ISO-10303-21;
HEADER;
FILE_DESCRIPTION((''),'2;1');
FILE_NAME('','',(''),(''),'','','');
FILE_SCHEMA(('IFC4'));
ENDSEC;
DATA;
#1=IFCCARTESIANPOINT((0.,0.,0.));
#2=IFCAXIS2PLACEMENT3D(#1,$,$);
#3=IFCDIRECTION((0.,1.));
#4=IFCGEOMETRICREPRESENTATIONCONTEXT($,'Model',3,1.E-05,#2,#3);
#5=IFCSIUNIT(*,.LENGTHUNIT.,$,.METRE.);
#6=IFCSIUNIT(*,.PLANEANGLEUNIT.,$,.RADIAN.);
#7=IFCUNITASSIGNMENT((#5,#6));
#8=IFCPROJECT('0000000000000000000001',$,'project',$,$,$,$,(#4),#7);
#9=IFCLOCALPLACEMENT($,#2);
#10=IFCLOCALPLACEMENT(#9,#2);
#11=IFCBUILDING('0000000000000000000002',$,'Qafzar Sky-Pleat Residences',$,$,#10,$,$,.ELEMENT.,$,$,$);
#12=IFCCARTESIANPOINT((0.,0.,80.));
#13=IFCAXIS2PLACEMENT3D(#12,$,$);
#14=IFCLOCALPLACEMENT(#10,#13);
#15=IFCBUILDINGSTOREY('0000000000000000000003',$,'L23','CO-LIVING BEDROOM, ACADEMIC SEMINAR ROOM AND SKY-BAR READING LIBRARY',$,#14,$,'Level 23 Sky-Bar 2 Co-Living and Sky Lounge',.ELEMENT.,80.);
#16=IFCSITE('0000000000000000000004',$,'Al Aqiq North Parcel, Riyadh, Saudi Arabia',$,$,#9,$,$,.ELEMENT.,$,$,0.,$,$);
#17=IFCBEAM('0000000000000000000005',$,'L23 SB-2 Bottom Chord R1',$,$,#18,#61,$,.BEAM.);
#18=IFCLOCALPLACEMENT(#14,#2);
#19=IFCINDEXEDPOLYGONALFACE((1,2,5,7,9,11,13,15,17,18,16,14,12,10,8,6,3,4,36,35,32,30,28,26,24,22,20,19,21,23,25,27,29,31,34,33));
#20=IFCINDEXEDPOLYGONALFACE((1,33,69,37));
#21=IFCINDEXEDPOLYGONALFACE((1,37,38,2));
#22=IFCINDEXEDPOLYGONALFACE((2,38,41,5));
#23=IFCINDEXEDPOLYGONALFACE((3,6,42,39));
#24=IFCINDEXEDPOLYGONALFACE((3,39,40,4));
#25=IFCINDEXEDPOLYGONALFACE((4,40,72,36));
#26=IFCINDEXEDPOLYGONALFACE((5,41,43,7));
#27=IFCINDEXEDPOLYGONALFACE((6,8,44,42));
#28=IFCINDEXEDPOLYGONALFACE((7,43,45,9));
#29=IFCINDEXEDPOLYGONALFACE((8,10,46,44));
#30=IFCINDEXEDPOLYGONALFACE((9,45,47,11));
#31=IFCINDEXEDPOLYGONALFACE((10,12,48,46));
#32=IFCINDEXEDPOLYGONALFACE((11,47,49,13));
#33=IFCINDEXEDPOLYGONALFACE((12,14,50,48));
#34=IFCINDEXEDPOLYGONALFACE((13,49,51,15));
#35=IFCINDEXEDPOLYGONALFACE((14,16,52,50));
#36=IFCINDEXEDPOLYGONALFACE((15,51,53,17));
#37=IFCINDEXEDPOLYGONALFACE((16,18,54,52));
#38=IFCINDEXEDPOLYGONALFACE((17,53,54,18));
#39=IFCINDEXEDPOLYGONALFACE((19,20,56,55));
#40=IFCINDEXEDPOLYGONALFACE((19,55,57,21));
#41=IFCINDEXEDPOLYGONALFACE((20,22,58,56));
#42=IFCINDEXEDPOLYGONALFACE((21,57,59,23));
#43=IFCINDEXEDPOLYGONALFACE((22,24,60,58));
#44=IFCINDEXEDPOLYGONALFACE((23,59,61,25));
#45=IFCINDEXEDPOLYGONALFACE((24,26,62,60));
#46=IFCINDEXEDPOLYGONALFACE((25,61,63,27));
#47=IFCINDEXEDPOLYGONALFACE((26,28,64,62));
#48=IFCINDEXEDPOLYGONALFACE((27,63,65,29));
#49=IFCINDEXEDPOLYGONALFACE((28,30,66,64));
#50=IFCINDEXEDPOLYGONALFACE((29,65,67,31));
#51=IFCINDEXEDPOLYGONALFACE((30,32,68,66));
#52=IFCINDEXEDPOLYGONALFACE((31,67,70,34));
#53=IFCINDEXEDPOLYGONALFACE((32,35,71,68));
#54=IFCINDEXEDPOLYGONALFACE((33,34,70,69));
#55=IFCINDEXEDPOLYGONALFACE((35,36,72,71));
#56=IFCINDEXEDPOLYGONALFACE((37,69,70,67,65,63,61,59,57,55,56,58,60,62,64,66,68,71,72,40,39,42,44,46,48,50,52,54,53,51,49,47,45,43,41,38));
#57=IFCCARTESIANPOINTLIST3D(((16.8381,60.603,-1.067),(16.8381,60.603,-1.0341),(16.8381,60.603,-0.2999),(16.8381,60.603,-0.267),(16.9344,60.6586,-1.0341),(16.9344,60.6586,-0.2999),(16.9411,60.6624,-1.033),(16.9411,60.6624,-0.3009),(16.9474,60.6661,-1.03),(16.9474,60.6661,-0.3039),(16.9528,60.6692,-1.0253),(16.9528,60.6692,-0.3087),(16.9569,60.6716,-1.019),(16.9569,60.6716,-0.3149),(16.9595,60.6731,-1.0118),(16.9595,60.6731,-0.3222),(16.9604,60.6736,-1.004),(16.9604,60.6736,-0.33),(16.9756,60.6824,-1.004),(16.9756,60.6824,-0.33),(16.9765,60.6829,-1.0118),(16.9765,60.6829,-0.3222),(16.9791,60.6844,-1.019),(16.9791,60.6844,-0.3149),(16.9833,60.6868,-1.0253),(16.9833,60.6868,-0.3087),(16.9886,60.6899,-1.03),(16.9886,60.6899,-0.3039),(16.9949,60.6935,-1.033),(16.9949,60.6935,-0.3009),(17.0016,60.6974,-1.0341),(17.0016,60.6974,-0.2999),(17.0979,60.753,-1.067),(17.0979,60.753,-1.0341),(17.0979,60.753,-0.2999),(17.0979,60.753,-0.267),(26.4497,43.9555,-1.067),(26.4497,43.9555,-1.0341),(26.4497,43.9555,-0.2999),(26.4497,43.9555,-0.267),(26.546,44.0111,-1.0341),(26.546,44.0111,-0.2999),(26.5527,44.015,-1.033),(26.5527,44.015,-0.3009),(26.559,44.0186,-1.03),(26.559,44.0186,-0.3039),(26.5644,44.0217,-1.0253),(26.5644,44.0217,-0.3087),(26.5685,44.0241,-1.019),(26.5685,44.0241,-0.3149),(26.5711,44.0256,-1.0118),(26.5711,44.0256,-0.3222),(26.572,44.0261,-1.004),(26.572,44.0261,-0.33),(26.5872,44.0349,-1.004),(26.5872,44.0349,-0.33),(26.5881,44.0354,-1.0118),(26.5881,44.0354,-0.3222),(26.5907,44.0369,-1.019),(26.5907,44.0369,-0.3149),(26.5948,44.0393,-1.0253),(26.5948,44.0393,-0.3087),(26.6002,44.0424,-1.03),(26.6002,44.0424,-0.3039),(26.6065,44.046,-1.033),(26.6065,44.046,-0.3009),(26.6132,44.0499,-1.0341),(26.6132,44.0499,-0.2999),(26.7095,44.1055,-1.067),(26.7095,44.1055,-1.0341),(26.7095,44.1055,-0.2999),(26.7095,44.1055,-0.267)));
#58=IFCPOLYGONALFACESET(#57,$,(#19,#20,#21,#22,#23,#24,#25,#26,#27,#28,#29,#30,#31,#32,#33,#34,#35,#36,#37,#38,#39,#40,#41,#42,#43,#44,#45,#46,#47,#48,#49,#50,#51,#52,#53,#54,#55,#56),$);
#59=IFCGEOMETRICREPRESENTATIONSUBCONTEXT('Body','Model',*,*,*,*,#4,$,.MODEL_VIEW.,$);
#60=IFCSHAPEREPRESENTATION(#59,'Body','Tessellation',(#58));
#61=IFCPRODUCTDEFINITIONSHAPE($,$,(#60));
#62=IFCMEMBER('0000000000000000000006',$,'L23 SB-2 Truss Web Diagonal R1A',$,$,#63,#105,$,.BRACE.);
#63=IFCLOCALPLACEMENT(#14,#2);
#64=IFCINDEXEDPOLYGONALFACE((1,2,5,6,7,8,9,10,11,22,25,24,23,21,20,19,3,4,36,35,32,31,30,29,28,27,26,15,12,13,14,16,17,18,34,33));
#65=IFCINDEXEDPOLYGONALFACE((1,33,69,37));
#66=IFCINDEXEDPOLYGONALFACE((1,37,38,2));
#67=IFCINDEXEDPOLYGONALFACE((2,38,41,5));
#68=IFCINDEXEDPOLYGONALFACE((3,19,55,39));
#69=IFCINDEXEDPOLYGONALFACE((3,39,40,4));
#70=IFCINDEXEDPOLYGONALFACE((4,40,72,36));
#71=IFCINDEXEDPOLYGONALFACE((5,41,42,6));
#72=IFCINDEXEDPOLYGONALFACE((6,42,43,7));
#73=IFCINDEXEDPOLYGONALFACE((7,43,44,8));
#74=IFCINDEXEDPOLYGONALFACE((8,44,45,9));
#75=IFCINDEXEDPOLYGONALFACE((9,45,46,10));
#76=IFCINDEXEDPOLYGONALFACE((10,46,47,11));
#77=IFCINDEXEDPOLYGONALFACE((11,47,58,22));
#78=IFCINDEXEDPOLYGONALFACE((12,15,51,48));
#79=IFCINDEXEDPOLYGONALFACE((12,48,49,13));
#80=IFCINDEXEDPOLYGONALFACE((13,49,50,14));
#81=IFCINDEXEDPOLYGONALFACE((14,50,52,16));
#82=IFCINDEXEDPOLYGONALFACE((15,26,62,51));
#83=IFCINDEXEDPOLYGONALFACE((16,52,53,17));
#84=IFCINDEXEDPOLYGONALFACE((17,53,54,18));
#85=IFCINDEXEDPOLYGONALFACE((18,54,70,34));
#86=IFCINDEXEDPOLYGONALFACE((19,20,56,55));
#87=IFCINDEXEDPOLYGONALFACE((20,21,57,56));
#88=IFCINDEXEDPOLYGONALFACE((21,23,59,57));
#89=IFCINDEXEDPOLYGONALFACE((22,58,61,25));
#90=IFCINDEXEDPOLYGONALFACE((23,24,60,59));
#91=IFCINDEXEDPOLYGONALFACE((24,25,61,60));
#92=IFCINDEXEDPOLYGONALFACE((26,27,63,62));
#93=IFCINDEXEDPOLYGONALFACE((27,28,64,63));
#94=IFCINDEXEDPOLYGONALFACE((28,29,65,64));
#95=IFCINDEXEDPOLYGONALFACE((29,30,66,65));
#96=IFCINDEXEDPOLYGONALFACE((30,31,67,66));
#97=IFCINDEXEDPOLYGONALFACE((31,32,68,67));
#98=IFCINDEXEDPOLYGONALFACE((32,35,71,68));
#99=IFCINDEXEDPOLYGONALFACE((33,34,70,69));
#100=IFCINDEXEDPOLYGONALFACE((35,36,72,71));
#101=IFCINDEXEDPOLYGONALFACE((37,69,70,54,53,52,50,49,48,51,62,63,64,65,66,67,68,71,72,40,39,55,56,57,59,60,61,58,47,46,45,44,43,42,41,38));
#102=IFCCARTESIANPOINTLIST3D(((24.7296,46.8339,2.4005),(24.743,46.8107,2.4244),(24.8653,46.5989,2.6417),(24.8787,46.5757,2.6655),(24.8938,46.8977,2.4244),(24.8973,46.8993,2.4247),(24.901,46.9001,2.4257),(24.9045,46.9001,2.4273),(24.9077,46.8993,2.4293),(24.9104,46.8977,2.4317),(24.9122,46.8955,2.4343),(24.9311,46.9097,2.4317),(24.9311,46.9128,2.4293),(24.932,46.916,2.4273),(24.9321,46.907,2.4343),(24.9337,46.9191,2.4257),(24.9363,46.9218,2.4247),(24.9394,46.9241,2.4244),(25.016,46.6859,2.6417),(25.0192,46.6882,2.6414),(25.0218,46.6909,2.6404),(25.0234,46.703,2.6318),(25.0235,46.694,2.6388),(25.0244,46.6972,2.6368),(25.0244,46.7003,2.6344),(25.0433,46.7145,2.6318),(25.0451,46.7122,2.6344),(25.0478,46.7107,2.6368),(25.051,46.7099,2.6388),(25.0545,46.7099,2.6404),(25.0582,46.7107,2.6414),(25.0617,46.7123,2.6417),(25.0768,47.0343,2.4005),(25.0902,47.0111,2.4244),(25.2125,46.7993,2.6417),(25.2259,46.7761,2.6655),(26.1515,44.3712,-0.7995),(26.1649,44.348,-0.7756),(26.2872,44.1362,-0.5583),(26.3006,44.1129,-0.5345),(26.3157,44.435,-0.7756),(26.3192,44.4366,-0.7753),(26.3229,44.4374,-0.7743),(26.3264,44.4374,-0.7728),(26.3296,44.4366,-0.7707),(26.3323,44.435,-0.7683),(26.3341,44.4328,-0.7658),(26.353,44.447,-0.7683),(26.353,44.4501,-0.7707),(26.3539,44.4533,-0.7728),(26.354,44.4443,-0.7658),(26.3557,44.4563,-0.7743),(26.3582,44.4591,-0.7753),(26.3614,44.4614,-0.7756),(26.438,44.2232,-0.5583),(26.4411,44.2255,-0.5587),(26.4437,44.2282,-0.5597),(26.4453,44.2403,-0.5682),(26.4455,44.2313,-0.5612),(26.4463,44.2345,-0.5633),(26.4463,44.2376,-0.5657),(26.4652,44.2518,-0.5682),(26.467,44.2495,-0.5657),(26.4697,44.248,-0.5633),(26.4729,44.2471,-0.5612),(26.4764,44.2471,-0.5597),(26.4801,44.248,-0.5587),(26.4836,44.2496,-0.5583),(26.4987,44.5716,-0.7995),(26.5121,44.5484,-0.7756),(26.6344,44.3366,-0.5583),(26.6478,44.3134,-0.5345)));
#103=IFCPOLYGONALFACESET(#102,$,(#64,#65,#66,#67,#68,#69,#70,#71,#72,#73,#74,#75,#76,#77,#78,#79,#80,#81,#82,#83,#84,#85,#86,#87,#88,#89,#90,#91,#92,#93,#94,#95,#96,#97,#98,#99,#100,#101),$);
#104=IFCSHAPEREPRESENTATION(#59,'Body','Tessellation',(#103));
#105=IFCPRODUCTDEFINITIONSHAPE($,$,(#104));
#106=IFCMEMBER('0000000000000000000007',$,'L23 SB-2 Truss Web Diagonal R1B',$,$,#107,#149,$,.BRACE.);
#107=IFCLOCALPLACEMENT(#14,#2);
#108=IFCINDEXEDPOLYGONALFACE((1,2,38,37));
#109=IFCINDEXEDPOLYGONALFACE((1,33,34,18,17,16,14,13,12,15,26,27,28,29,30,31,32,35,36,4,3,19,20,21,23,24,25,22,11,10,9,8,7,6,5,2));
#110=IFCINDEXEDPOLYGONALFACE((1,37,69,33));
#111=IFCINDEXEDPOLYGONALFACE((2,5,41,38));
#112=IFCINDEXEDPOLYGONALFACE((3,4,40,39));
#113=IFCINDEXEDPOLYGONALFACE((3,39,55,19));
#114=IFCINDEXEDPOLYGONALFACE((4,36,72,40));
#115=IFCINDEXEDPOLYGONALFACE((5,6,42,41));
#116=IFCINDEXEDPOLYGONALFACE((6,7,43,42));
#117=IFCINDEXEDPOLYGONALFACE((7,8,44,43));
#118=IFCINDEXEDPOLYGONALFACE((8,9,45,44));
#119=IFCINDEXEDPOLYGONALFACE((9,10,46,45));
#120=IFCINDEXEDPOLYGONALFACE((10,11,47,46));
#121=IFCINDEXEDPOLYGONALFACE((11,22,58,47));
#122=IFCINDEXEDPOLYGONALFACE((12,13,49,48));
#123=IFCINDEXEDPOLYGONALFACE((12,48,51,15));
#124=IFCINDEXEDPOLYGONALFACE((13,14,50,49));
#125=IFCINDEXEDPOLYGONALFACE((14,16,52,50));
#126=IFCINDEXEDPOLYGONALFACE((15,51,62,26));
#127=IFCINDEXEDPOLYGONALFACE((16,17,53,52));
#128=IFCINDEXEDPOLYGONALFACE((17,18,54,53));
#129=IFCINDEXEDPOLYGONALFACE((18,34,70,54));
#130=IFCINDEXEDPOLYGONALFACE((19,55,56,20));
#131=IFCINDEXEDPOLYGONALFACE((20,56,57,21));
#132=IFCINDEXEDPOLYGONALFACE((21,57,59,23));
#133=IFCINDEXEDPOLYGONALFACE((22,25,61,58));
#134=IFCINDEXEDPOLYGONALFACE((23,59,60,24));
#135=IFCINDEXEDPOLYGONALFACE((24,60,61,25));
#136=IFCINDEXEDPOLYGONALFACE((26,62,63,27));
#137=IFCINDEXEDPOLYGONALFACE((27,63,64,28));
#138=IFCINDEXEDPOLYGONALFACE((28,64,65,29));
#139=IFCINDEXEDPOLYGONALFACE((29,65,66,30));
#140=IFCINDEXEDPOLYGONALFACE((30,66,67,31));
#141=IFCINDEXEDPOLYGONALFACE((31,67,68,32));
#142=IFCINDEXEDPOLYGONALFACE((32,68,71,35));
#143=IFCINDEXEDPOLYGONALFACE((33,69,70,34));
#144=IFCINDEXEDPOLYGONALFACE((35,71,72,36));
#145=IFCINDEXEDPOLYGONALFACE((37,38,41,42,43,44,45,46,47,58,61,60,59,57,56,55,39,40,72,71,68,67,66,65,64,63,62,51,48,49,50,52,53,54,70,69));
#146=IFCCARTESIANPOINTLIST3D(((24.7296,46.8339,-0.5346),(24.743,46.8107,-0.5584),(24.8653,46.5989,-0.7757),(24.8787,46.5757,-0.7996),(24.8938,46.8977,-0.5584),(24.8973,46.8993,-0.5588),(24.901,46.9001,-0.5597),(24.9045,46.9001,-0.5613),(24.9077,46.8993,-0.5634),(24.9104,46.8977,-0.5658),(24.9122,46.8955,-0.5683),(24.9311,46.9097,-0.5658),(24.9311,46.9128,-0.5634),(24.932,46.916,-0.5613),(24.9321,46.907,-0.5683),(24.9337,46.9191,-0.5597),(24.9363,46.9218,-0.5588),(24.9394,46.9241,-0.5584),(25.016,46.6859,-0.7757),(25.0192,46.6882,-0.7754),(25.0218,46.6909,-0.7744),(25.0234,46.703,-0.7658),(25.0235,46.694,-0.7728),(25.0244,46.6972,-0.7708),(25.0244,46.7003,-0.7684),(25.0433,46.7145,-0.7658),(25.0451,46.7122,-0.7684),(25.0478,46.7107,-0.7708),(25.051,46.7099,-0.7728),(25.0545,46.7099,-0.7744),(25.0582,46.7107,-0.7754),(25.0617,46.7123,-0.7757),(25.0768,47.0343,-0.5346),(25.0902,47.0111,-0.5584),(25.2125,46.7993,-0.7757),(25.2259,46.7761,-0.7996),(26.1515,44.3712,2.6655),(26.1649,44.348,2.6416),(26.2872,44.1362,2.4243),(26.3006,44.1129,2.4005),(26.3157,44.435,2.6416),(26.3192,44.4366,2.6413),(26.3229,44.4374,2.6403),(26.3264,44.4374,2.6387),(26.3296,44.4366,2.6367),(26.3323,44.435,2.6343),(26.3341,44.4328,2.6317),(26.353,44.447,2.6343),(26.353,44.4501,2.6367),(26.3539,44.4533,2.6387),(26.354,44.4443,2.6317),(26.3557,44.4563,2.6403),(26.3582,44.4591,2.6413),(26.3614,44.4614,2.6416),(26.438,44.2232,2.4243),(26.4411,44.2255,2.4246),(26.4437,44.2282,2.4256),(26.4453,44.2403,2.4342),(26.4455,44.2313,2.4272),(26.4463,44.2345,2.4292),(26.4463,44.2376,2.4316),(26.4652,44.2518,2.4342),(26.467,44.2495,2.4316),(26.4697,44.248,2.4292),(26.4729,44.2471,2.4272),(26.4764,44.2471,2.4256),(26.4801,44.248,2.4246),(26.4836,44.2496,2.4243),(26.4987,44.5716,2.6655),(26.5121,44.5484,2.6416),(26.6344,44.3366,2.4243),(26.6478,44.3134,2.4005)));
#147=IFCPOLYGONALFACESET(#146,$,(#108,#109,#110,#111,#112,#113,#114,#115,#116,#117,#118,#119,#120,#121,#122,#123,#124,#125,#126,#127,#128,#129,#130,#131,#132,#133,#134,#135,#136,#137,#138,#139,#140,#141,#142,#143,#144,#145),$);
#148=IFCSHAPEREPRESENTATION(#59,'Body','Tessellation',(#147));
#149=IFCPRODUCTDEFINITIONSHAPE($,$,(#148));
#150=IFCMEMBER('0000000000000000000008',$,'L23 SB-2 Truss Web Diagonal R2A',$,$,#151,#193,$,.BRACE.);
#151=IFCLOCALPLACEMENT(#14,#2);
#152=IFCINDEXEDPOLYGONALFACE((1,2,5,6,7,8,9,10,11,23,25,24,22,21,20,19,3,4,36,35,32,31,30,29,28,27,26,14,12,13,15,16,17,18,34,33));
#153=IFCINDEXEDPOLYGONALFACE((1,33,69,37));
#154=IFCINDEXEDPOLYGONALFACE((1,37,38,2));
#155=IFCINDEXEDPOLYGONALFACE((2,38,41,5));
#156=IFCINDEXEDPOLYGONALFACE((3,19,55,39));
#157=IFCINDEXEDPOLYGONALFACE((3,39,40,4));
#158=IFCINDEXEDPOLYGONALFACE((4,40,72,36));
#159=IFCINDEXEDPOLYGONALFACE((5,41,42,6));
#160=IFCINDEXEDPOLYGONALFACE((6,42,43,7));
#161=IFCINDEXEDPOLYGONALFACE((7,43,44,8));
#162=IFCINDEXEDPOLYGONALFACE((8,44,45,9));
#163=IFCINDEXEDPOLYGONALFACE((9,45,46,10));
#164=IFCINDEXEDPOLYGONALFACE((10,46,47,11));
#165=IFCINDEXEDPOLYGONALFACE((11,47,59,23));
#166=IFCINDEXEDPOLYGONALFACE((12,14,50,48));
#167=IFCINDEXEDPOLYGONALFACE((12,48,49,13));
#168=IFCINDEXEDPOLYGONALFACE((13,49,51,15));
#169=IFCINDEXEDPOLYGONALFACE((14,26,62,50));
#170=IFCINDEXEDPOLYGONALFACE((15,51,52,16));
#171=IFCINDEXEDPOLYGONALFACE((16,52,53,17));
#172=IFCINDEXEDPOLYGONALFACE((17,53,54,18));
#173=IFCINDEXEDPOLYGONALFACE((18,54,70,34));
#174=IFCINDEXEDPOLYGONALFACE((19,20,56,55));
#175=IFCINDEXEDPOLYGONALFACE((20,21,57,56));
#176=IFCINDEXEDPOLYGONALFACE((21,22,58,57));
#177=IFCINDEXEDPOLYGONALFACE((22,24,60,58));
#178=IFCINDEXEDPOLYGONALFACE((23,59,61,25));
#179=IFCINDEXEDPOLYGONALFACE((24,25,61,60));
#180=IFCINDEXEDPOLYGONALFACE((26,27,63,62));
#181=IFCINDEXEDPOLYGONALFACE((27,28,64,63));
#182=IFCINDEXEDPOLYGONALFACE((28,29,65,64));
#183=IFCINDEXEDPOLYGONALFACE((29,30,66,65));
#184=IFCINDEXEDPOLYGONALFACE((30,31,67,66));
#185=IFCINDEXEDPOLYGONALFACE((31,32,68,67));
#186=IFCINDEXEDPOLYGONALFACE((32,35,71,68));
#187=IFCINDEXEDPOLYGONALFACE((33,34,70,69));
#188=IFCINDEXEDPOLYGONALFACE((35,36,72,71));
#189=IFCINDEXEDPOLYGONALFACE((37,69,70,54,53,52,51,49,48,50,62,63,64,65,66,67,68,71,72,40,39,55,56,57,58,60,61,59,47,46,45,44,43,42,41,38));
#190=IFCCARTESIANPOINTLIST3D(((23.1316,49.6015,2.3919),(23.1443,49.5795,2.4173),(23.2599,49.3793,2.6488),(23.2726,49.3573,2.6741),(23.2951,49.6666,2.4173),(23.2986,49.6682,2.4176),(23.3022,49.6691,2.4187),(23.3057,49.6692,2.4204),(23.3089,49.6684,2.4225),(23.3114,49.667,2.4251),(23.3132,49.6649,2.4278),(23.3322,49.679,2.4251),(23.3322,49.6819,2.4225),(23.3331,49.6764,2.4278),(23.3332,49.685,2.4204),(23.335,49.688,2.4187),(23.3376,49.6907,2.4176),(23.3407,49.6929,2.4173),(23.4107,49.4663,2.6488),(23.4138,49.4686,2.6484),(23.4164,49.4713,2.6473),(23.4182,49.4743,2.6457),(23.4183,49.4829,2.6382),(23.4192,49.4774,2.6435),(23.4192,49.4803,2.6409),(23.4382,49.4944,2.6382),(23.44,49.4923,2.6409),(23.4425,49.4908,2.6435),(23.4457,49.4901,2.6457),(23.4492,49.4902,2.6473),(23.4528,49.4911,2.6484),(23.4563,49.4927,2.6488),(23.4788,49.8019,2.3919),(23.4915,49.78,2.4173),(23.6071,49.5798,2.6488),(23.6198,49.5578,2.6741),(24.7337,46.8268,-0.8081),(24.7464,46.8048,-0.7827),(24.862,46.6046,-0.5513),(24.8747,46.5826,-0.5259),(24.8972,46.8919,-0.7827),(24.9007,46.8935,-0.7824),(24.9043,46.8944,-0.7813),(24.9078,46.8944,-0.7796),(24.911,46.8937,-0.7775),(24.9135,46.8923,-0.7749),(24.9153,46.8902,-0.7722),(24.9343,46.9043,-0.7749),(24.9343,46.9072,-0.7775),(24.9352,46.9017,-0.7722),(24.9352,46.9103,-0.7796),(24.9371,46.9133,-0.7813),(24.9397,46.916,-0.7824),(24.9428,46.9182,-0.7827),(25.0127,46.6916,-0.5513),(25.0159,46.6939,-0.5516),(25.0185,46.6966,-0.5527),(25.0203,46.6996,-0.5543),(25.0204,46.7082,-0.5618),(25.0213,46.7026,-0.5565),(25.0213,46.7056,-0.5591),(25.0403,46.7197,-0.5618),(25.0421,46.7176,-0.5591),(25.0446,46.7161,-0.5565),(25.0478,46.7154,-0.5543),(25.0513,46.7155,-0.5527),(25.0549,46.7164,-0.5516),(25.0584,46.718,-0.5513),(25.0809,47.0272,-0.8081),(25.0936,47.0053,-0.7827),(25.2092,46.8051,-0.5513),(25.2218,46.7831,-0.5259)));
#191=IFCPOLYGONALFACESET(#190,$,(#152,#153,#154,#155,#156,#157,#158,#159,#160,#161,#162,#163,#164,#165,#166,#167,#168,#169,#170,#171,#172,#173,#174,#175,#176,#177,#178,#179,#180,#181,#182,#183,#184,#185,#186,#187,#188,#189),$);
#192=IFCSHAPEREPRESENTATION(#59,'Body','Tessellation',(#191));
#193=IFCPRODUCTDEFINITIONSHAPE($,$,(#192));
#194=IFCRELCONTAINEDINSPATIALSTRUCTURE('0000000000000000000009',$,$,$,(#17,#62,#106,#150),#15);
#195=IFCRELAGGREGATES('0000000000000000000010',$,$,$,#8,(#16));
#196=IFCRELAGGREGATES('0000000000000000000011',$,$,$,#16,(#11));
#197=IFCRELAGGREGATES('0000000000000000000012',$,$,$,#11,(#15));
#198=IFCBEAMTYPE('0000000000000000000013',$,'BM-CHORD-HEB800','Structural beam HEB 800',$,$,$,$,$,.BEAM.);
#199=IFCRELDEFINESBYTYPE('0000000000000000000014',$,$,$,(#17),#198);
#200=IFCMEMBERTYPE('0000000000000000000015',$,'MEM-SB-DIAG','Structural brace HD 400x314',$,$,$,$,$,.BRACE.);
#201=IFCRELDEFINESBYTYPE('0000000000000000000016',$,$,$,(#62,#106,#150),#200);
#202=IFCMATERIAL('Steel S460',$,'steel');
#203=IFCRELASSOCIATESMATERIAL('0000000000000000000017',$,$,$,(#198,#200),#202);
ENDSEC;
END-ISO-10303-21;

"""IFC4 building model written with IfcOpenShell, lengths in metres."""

from ifc_helpers import new_model, si_unit, direction, frame, origin, origin_2d, place, context, subcontext, project, spatial, i_section, extrude, source, transform, mapped, material, material_profile, profile_set, type_object, element, save


model = new_model("IFC4")

# Units and contexts
model_context = context("Model", 3, precision=1e-05, world=origin(), true_north=direction((0.0, 1.0)))
body_context = subcontext(model_context, "Body", "Model", "MODEL_VIEW")
ifc_project = project(units=[si_unit("LENGTHUNIT", "METRE"), si_unit("PLANEANGLEUNIT", "RADIAN")], contexts=[model_context])

# Site, building, storey
site_placement = place(None, origin())
site = spatial("IfcSite", under=ifc_project, at=site_placement, Name="Al Aqiq North Parcel, Riyadh, Saudi Arabia", CompositionType="ELEMENT", RefElevation=0.0)
building_placement = place(site_placement, origin())
building = spatial("IfcBuilding", under=site, at=building_placement, Name="Qafzar Sky-Pleat Residences", CompositionType="ELEMENT")
storey_placement = place(building_placement, frame((0.0, 0.0, 80.0)))
storey = spatial("IfcBuildingStorey", under=building, at=storey_placement, Name="L23", Description="CO-LIVING BEDROOM, ACADEMIC SEMINAR ROOM AND SKY-BAR READING LIBRARY", LongName="Level 23 Sky-Bar 2 Co-Living and Sky Lounge", CompositionType="ELEMENT", Elevation=80.0)

# Shared definitions
ifc_material_1 = material(Name="Steel S460", Category="steel")

# Beam
ifc_material_profile_1 = material_profile(ifc_material_1, i_section(OverallWidth=0.3, OverallDepth=0.8, WebThickness=0.0176, FlangeThickness=0.033, FilletRadius=0.03, at=origin_2d()), Name="HEB 800")
ifc_profile_set_1 = profile_set([ifc_material_profile_1], Name="Steel S460")
beam_type_1 = type_object("IfcBeamType", Name="BM-CHORD-HEB800", Description="Structural beam HEB 800", PredefinedType="BEAM", material=ifc_profile_set_1)
shared_shape_1 = source(origin(), body_context, "Body", "SweptSolid", [
    extrude(i_section(OverallWidth=0.3, OverallDepth=0.8, WebThickness=0.0176, FlangeThickness=0.033, FilletRadius=0.03, at=origin_2d()), origin(), (0.0, 0.0, 1.0), 19.2229),
])
beam_1_placement = place(storey_placement, frame((26.5796, 44.0305, -0.667), z_axis=(-0.500006, 0.866022, 0.0), x_axis=(-0.866022, -0.500006, 0.0)))
element("IfcBeam", 1, at=beam_1_placement, inside=storey, type_object=beam_type_1, Name="L23 SB-2 Bottom Chord R1", PredefinedType="BEAM", context=body_context, shape_type="MappedRepresentation", body=[
    mapped(shared_shape_1, transform((0.0, 0.0, 0.0), x_axis=(1.0, 0.0, 0.0), y_axis=(0.0, 1.0, 0.0), z_axis=(0.0, 0.0, 1.0), scale=1.0)),
])

# Members
ifc_material_profile_2 = material_profile(ifc_material_1, i_section(OverallWidth=0.4009, OverallDepth=0.3989, WebThickness=0.0229, FlangeThickness=0.0359, FilletRadius=0.0149, at=origin_2d()), Name="HD 400x314")
ifc_profile_set_2 = profile_set([ifc_material_profile_2], Name="Steel S460")
member_type_1 = type_object("IfcMemberType", Name="MEM-SB-DIAG", Description="Structural brace HD 400x314", PredefinedType="BRACE", material=ifc_profile_set_2)
shared_shape_2 = source(origin(), body_context, "Body", "SweptSolid", [
    extrude(i_section(OverallWidth=0.4009, OverallDepth=0.3989, WebThickness=0.0229, FlangeThickness=0.0359, FilletRadius=0.0149, at=origin_2d()), origin(), (0.0, 0.0, 1.0), 4.281),
])
for number, where, z_axis, x_axis, name in (
    (2, (26.3997, 44.3423, -0.667), (-0.332144, 0.575265, 0.747496), (-0.866015, -0.500017, 0.0), "L23 SB-2 Truss Web Diagonal R1A"),
    (3, (26.3997, 44.3423, 2.533), (-0.332144, 0.575265, -0.747496), (-0.866015, -0.500017, 0.0), "L23 SB-2 Truss Web Diagonal R1B"),
):
    element("IfcMember", number, at=place(storey_placement, frame(where, z_axis=z_axis, x_axis=x_axis)), inside=storey, type_object=member_type_1, Name=name, PredefinedType="BRACE", context=body_context, shape_type="MappedRepresentation", body=[
        mapped(shared_shape_2, transform((0.0, 0.0, 0.0), x_axis=(1.0, 0.0, 0.0), y_axis=(0.0, 1.0, 0.0), z_axis=(0.0, 0.0, 1.0), scale=1.0)),
    ])
shared_shape_3 = source(origin(), body_context, "Body", "SweptSolid", [
    extrude(i_section(OverallWidth=0.4009, OverallDepth=0.3989, WebThickness=0.0229, FlangeThickness=0.0359, FilletRadius=0.0149, at=origin_2d()), origin(), (0.0, 0.0, 1.0), 4.5283),
])
for number, where, z_axis, x_axis, name in (
    (4, (24.9778, 46.8049, -0.667), (-0.353791, 0.612745, 0.706665), (-0.866012, -0.500024, 0.0), "L23 SB-2 Truss Web Diagonal R2A"),
):
    element("IfcMember", number, at=place(storey_placement, frame(where, z_axis=z_axis, x_axis=x_axis)), inside=storey, type_object=member_type_1, Name=name, PredefinedType="BRACE", context=body_context, shape_type="MappedRepresentation", body=[
        mapped(shared_shape_3, transform((0.0, 0.0, 0.0), x_axis=(1.0, 0.0, 0.0), y_axis=(0.0, 1.0, 0.0), z_axis=(0.0, 0.0, 1.0), scale=1.0)),
    ])

save(model, "model.ifc")
